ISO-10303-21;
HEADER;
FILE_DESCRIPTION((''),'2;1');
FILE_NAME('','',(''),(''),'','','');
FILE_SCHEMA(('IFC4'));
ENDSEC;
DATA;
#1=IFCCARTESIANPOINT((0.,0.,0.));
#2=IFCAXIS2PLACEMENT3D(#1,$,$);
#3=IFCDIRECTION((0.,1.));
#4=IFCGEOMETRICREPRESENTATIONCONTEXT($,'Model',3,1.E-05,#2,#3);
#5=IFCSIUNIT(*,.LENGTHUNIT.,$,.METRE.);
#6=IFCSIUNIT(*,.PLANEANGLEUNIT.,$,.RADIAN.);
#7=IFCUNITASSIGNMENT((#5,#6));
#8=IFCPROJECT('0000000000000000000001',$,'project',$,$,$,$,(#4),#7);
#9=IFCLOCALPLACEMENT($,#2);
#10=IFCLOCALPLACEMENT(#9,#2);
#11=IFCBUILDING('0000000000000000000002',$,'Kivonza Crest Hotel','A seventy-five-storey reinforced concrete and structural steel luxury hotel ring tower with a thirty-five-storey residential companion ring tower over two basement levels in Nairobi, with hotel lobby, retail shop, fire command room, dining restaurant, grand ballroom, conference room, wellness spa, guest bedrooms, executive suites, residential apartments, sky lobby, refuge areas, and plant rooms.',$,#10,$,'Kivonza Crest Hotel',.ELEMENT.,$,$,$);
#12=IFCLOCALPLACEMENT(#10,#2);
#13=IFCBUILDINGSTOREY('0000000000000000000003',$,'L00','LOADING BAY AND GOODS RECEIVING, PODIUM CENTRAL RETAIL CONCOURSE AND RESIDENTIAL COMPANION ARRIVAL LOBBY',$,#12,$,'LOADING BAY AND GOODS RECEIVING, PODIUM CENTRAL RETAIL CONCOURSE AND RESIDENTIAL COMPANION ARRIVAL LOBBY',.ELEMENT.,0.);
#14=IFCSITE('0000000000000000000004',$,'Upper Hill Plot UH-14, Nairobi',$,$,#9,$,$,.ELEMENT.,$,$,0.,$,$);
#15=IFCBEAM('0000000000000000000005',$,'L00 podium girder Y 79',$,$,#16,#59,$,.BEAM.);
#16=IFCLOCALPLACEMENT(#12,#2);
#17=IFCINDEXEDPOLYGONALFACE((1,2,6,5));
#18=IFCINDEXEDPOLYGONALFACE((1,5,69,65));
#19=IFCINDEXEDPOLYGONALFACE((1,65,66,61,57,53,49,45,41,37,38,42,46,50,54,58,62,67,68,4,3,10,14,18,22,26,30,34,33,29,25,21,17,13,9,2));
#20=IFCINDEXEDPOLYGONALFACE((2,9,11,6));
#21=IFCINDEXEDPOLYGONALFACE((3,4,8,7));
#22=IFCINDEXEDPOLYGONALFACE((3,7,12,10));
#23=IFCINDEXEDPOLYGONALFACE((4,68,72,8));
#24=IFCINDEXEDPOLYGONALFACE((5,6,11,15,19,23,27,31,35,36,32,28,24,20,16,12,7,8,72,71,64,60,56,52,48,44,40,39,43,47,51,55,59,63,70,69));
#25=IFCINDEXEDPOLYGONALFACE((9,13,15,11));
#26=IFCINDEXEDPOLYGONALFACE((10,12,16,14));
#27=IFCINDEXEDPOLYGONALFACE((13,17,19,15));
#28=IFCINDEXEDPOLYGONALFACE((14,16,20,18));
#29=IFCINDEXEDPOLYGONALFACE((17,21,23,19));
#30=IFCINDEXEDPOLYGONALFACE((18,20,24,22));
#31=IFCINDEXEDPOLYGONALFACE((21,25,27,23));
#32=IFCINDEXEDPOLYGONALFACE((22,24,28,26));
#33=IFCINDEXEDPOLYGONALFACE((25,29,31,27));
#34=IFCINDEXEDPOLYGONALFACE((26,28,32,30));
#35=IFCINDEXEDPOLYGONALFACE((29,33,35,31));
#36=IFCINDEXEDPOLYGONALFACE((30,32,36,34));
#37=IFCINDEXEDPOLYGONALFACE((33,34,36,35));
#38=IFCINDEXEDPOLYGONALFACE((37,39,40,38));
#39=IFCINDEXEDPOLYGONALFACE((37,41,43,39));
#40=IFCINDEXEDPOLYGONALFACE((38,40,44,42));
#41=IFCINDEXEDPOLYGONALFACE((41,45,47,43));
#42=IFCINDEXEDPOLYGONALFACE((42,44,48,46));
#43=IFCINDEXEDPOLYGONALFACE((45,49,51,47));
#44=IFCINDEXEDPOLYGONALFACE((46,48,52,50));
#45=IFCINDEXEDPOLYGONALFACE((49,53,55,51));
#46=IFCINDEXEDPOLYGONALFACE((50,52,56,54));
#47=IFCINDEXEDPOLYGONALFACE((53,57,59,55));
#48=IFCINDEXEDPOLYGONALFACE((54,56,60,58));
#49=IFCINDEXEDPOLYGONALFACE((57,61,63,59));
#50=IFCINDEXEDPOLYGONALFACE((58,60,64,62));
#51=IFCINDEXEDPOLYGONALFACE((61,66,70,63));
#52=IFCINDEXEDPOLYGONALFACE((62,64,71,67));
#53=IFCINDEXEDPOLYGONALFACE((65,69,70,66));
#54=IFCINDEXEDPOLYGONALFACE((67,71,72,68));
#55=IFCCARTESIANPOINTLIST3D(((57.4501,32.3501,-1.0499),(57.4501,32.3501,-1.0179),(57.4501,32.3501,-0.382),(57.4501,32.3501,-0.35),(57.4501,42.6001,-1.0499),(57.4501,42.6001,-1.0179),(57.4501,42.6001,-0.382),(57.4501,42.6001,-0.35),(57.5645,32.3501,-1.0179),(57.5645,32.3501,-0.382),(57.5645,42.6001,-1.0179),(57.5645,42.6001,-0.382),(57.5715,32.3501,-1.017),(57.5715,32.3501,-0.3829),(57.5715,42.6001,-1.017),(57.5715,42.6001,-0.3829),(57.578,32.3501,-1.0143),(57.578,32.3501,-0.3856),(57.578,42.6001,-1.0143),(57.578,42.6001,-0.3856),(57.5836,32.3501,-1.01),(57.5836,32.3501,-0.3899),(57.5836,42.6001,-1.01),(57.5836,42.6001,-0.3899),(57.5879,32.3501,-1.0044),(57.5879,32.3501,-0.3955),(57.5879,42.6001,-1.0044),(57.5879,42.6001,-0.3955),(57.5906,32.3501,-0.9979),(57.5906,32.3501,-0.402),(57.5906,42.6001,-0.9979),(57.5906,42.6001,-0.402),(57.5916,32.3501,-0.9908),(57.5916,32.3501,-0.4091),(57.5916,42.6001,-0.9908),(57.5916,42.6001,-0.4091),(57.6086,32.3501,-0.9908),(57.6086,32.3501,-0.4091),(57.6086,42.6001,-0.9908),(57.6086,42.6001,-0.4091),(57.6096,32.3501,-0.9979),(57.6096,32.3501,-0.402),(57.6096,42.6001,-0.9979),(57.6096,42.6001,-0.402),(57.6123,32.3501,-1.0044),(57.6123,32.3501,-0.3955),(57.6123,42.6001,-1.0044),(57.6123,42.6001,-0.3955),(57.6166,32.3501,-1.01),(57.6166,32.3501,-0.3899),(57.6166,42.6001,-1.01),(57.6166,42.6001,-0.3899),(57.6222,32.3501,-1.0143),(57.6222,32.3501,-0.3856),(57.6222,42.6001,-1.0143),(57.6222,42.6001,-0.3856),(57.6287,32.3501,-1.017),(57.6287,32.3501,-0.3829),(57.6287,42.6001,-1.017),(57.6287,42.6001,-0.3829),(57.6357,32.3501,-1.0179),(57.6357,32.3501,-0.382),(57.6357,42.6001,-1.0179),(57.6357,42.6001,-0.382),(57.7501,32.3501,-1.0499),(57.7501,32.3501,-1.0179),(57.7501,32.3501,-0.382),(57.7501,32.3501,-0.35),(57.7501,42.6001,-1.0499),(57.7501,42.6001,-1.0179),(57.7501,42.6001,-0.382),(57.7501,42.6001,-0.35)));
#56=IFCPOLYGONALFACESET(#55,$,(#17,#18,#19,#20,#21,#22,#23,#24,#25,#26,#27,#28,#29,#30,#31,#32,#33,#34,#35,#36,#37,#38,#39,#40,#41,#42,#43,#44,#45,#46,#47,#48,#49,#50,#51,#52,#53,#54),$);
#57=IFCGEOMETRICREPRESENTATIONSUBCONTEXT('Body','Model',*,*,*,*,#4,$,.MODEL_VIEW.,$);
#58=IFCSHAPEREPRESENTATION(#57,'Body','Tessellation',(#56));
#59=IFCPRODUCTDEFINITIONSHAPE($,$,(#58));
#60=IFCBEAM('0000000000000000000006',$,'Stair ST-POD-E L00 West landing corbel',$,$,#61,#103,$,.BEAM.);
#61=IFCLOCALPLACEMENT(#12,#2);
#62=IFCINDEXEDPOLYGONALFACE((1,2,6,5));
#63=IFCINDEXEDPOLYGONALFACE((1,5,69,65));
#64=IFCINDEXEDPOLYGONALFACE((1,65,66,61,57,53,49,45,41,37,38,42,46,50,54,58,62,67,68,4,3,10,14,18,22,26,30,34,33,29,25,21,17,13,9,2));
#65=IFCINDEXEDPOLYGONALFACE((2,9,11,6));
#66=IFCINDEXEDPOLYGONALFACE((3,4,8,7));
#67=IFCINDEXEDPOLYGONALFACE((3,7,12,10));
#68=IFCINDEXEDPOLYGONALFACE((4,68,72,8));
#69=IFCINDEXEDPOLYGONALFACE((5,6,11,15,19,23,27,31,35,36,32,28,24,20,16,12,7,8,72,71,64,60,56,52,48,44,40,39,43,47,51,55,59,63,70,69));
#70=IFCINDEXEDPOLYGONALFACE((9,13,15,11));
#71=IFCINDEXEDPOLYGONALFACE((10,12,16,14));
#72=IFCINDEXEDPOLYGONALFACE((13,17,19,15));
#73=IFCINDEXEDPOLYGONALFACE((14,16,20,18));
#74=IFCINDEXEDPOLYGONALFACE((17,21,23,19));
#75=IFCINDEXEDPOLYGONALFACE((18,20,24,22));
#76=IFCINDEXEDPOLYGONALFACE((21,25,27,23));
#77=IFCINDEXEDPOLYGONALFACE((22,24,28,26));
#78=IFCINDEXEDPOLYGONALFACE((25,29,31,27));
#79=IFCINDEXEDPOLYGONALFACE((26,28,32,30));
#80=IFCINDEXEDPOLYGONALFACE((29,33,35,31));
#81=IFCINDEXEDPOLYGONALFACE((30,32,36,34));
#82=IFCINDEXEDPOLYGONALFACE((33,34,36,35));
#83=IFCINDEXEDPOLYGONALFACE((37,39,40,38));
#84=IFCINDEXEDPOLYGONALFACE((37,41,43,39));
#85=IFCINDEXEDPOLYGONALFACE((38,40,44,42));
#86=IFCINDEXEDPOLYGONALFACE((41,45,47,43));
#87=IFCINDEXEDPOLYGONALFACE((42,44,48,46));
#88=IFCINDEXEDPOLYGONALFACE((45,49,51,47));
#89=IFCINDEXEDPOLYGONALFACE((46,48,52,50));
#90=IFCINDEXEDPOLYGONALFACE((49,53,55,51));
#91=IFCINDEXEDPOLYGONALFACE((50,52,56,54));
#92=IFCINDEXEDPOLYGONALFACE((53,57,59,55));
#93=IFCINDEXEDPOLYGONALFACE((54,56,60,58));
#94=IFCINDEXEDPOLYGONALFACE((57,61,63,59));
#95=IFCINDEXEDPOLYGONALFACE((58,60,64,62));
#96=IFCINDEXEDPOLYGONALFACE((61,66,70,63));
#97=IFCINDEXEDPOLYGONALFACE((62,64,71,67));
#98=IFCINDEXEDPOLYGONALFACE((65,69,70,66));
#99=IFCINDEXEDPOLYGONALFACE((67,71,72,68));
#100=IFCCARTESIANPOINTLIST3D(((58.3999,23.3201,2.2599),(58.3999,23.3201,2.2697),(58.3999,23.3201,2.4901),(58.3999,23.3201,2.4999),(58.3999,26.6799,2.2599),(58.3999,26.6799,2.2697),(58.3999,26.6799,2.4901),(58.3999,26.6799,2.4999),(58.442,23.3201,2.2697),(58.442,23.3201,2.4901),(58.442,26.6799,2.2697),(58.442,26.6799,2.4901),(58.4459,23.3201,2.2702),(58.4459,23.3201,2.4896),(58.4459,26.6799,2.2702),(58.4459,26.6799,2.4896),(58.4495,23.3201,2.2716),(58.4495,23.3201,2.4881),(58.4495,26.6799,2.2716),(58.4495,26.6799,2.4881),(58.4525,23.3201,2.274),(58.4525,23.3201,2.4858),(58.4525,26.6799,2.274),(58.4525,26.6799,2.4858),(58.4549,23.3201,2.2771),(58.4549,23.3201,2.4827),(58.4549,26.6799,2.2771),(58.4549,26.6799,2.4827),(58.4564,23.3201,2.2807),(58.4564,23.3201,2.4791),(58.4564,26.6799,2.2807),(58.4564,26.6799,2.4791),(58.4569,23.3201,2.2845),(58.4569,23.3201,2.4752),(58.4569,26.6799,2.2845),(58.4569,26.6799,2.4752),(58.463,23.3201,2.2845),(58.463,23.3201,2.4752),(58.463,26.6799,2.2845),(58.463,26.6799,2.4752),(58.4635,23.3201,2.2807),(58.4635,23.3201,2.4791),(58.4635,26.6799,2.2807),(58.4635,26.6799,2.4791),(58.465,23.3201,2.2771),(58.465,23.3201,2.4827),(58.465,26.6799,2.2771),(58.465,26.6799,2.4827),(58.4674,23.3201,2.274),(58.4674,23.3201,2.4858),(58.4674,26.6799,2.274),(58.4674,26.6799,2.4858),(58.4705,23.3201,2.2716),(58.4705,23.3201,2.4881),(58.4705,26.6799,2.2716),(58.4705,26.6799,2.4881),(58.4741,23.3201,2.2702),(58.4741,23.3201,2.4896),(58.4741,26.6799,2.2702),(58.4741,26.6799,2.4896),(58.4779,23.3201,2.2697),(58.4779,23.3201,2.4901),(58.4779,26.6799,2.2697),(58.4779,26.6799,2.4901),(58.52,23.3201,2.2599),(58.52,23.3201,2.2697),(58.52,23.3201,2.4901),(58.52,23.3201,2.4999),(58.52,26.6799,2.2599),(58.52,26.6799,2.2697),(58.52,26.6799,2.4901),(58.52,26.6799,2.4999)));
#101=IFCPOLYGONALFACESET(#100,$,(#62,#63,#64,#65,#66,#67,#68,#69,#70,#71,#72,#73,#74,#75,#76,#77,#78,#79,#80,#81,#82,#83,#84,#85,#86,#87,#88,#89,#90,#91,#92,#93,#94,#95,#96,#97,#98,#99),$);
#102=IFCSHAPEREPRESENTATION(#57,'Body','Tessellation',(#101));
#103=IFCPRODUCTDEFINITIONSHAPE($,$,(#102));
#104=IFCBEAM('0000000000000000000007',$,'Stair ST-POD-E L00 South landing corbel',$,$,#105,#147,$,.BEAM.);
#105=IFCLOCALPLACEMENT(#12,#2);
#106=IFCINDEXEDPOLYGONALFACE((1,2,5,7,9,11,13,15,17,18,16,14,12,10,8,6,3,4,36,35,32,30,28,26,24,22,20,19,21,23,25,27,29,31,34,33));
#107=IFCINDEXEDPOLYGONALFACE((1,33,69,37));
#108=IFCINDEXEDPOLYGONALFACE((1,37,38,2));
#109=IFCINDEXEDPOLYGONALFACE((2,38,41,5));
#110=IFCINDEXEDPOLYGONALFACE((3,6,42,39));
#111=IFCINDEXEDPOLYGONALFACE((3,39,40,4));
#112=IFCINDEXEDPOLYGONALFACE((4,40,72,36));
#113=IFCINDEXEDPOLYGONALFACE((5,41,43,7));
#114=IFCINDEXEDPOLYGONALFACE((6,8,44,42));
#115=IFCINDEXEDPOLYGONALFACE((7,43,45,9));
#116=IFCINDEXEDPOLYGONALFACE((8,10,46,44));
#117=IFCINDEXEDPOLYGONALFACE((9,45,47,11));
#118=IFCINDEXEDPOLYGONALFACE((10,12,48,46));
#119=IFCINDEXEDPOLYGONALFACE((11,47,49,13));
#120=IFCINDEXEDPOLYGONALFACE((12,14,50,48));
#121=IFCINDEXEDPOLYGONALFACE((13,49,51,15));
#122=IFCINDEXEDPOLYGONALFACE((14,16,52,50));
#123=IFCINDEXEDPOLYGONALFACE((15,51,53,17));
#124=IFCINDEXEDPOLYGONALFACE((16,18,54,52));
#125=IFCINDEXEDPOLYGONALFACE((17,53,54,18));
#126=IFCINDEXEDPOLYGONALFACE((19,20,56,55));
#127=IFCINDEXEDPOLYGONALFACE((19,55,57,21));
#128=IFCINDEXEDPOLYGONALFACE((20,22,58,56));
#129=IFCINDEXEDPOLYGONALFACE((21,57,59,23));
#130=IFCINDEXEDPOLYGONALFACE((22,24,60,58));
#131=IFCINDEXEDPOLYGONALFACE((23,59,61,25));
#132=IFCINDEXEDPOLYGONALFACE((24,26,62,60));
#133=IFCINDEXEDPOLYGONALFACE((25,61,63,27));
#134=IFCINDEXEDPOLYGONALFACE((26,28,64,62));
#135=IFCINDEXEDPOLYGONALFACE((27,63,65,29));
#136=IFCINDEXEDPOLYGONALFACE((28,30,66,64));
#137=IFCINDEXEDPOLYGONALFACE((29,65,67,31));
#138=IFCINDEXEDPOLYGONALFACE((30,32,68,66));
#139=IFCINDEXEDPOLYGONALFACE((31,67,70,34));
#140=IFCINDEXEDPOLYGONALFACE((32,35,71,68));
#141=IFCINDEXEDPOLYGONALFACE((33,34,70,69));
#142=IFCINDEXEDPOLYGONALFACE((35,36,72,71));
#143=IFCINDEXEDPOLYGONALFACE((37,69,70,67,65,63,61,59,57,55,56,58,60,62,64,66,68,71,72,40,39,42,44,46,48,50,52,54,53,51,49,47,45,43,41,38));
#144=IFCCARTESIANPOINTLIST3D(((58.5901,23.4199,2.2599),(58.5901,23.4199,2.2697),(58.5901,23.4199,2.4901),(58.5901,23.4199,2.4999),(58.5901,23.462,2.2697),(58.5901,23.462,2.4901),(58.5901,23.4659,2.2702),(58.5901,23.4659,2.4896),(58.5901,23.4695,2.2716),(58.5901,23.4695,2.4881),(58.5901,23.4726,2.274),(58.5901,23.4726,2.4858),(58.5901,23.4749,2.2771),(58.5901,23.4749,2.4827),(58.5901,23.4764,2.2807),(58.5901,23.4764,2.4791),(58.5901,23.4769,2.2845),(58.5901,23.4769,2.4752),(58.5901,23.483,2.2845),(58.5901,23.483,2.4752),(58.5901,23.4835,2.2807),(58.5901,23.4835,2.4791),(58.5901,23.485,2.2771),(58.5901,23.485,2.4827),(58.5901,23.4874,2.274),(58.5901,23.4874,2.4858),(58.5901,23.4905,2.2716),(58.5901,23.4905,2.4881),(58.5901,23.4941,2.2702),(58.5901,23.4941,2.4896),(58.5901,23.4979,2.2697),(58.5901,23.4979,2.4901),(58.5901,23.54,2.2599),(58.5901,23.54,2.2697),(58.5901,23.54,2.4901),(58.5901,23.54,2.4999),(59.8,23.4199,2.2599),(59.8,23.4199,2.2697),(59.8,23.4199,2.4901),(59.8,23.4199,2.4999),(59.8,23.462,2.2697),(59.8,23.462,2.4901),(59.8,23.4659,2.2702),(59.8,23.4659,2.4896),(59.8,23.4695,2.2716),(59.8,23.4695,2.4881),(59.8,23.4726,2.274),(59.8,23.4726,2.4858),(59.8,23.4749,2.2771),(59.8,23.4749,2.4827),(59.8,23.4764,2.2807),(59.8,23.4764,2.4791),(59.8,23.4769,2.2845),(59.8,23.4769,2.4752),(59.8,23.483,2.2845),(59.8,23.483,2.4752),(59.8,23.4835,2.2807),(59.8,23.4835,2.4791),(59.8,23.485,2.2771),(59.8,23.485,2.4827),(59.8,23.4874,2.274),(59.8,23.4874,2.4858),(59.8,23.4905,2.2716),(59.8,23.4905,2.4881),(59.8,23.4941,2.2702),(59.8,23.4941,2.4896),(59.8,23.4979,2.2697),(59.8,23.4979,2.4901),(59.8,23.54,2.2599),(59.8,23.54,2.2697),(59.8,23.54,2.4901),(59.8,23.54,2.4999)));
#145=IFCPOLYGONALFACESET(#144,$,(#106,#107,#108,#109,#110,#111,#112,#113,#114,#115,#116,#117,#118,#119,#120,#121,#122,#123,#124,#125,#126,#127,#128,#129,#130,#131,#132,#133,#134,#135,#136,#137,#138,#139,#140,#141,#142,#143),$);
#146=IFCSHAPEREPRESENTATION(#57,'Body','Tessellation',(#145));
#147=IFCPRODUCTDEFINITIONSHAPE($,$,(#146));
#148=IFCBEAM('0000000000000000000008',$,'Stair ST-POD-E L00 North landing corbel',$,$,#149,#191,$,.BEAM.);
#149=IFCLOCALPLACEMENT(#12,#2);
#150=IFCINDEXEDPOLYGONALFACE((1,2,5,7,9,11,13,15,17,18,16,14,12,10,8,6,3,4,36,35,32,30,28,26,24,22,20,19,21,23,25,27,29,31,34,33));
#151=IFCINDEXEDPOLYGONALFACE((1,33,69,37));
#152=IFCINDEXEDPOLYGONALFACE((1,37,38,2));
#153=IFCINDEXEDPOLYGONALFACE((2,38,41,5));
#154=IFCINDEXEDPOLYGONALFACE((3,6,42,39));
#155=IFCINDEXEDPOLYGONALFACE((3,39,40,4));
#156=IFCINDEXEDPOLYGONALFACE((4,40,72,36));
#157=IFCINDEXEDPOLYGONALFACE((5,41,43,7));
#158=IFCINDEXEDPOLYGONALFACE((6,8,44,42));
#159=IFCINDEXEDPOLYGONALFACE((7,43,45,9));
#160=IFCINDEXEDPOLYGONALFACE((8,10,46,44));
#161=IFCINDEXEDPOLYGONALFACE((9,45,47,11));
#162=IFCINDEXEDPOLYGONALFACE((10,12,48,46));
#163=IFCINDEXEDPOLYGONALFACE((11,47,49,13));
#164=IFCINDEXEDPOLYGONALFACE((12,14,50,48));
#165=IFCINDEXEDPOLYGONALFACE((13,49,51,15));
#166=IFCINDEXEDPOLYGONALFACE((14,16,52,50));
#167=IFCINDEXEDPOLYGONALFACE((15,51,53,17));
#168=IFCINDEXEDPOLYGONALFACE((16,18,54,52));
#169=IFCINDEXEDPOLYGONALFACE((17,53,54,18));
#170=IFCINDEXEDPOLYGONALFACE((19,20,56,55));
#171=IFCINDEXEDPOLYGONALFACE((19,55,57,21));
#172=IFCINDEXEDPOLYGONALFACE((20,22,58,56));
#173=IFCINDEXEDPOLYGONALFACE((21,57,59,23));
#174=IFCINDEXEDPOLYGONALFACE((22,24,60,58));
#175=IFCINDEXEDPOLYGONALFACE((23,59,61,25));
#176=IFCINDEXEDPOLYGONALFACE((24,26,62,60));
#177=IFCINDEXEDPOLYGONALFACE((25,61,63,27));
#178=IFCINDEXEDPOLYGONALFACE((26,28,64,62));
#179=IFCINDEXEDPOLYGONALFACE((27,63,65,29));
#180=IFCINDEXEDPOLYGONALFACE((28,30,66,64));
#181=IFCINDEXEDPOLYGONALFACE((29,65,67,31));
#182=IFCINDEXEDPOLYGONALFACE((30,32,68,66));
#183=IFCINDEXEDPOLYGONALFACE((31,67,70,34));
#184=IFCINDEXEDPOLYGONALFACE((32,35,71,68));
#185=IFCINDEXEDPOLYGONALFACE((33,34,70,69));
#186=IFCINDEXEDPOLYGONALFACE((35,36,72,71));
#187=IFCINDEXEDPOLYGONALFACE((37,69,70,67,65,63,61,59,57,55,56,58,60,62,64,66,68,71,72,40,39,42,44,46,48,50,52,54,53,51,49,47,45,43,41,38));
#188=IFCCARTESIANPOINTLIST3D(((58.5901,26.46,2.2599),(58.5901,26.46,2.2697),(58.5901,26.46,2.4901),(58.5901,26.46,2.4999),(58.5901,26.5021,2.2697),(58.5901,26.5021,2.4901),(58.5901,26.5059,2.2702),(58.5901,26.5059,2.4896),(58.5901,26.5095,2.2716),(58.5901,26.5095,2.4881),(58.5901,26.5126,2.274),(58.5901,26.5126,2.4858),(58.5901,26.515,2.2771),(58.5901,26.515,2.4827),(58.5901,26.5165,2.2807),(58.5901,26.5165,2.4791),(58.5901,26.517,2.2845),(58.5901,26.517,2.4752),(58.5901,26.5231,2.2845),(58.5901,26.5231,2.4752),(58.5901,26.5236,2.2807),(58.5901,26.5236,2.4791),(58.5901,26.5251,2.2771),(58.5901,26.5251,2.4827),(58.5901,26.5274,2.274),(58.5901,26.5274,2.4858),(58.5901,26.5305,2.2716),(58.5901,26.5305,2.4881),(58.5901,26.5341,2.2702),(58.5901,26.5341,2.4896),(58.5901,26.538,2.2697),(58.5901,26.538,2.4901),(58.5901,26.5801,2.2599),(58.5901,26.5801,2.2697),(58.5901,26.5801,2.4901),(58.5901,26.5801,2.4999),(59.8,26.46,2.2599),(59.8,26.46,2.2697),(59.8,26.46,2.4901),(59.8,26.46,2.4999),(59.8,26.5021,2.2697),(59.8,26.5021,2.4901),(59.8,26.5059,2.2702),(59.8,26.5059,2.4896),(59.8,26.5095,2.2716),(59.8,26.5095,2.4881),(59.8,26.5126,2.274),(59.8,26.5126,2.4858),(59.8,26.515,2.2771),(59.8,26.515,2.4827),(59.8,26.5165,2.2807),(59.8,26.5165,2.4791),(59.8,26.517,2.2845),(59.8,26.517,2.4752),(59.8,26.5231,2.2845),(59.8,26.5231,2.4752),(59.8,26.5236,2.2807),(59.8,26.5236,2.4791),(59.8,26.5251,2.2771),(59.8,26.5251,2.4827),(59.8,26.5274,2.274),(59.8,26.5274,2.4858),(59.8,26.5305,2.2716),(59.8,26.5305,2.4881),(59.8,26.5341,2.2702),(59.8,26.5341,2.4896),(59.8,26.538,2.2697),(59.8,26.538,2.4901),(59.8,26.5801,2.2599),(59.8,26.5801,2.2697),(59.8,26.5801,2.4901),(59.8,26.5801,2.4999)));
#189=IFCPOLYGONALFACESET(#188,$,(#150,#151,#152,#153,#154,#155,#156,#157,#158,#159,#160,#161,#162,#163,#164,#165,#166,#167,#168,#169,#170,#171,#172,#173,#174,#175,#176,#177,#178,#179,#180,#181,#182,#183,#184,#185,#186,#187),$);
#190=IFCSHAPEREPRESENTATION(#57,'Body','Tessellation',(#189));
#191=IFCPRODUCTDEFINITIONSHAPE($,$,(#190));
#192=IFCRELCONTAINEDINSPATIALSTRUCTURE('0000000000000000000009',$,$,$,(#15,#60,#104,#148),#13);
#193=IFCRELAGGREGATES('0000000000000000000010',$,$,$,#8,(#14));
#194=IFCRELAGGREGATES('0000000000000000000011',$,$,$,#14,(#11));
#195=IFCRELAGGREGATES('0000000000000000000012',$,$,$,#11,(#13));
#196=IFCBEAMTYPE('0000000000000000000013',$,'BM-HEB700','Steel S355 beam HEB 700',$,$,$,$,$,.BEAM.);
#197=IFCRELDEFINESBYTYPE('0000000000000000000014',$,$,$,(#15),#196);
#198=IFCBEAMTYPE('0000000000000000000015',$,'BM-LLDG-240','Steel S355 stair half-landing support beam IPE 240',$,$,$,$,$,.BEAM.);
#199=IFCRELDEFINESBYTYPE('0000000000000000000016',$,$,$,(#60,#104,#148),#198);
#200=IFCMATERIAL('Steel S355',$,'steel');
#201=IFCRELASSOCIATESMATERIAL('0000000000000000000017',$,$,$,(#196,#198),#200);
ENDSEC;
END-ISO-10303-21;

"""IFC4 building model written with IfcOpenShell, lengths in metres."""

from ifc_helpers import new_model, si_unit, direction, frame, origin, origin_2d, place, context, subcontext, project, spatial, i_section, extrude, material, material_profile, profile_set, type_object, element, save


model = new_model("IFC4")

# Units and contexts
model_context = context("Model", 3, precision=1e-05, world=origin(), true_north=direction((0.0, 1.0)))
body_context = subcontext(model_context, "Body", "Model", "MODEL_VIEW")
ifc_project = project(units=[si_unit("LENGTHUNIT", "METRE"), si_unit("PLANEANGLEUNIT", "RADIAN")], contexts=[model_context])

# Site, building, storey
site_placement = place(None, origin())
site = spatial("IfcSite", under=ifc_project, at=site_placement, Name="Upper Hill Plot UH-14, Nairobi", CompositionType="ELEMENT", RefElevation=0.0)
building_placement = place(site_placement, origin())
building = spatial("IfcBuilding", under=site, at=building_placement, Name="Kivonza Crest Hotel", Description="A seventy-five-storey reinforced concrete and structural steel luxury hotel ring tower with a thirty-five-storey residential companion ring tower over two basement levels in Nairobi, with hotel lobby, retail shop, fire command room, dining restaurant, grand ballroom, conference room, wellness spa, guest bedrooms, executive suites, residential apartments, sky lobby, refuge areas, and plant rooms.", LongName="Kivonza Crest Hotel", CompositionType="ELEMENT")
storey_placement = place(building_placement, origin())
storey = spatial("IfcBuildingStorey", under=building, at=storey_placement, Name="L00", Description="LOADING BAY AND GOODS RECEIVING, PODIUM CENTRAL RETAIL CONCOURSE AND RESIDENTIAL COMPANION ARRIVAL LOBBY", LongName="LOADING BAY AND GOODS RECEIVING, PODIUM CENTRAL RETAIL CONCOURSE AND RESIDENTIAL COMPANION ARRIVAL LOBBY", CompositionType="ELEMENT", Elevation=0.0)

# Beams
ifc_material_1 = material(Name="Steel S355", Category="steel")
ifc_material_profile_1 = material_profile(ifc_material_1, i_section(OverallWidth=0.3, OverallDepth=0.7, WebThickness=0.0171, FlangeThickness=0.032, FilletRadius=0.0271, at=origin_2d()), Name="HEB 700")
ifc_profile_set_1 = profile_set([ifc_material_profile_1], Name="Steel S355")
beam_type_1 = type_object("IfcBeamType", Name="BM-HEB700", Description="Steel S355 beam HEB 700", PredefinedType="BEAM", material=ifc_profile_set_1)
beam_1_placement = place(storey_placement, frame((57.6001, 32.3501, -0.7), z_axis=(0.0, 1.0, 0.0), x_axis=(-1.0, 0.0, 0.0)))
element("IfcBeam", 1, at=beam_1_placement, inside=storey, type_object=beam_type_1, Name="L00 podium girder Y 79", PredefinedType="BEAM", context=body_context, shape_type="SweptSolid", body=[
    extrude(i_section(OverallWidth=0.3, OverallDepth=0.7, WebThickness=0.0171, FlangeThickness=0.032, FilletRadius=0.0271, at=origin_2d()), origin(), (0.0, 0.0, 1.0), 10.25),
])
ifc_material_profile_2 = material_profile(ifc_material_1, i_section(OverallWidth=0.1201, OverallDepth=0.24, WebThickness=0.0061, FlangeThickness=0.0098, FilletRadius=0.0149, at=origin_2d()), Name="IPE 240")
ifc_profile_set_2 = profile_set([ifc_material_profile_2], Name="Steel S355")
beam_type_2 = type_object("IfcBeamType", Name="BM-LLDG-240", Description="Steel S355 stair half-landing support beam IPE 240", PredefinedType="BEAM", material=ifc_profile_set_2)
beam_2_placement = place(storey_placement, frame((58.46, 23.3201, 2.3799), z_axis=(0.0, 1.0, 0.0), x_axis=(-1.0, 0.0, 0.0)))
element("IfcBeam", 2, at=beam_2_placement, inside=storey, type_object=beam_type_2, Name="Stair ST-POD-E L00 West landing corbel", PredefinedType="BEAM", context=body_context, shape_type="SweptSolid", body=[
    extrude(i_section(OverallWidth=0.1201, OverallDepth=0.24, WebThickness=0.0061, FlangeThickness=0.0098, FilletRadius=0.0149, at=origin_2d()), origin(), (0.0, 0.0, 1.0), 3.3599),
])
for number, where, z_axis, x_axis, name in (
    (3, (58.5901, 23.48, 2.3799), (1.0, 0.0, 0.0), (0.0, 1.0, 0.0), "Stair ST-POD-E L00 South landing corbel"),
    (4, (58.5901, 26.52, 2.3799), (1.0, 0.0, 0.0), (0.0, 1.0, 0.0), "Stair ST-POD-E L00 North landing corbel"),
):
    element("IfcBeam", number, at=place(storey_placement, frame(where, z_axis=z_axis, x_axis=x_axis)), inside=storey, type_object=beam_type_2, Name=name, PredefinedType="BEAM", context=body_context, shape_type="SweptSolid", body=[
        extrude(i_section(OverallWidth=0.1201, OverallDepth=0.24, WebThickness=0.0061, FlangeThickness=0.0098, FilletRadius=0.0149, at=origin_2d()), origin(), (0.0, 0.0, 1.0), 1.21),
    ])

save(model, "model.ifc")
